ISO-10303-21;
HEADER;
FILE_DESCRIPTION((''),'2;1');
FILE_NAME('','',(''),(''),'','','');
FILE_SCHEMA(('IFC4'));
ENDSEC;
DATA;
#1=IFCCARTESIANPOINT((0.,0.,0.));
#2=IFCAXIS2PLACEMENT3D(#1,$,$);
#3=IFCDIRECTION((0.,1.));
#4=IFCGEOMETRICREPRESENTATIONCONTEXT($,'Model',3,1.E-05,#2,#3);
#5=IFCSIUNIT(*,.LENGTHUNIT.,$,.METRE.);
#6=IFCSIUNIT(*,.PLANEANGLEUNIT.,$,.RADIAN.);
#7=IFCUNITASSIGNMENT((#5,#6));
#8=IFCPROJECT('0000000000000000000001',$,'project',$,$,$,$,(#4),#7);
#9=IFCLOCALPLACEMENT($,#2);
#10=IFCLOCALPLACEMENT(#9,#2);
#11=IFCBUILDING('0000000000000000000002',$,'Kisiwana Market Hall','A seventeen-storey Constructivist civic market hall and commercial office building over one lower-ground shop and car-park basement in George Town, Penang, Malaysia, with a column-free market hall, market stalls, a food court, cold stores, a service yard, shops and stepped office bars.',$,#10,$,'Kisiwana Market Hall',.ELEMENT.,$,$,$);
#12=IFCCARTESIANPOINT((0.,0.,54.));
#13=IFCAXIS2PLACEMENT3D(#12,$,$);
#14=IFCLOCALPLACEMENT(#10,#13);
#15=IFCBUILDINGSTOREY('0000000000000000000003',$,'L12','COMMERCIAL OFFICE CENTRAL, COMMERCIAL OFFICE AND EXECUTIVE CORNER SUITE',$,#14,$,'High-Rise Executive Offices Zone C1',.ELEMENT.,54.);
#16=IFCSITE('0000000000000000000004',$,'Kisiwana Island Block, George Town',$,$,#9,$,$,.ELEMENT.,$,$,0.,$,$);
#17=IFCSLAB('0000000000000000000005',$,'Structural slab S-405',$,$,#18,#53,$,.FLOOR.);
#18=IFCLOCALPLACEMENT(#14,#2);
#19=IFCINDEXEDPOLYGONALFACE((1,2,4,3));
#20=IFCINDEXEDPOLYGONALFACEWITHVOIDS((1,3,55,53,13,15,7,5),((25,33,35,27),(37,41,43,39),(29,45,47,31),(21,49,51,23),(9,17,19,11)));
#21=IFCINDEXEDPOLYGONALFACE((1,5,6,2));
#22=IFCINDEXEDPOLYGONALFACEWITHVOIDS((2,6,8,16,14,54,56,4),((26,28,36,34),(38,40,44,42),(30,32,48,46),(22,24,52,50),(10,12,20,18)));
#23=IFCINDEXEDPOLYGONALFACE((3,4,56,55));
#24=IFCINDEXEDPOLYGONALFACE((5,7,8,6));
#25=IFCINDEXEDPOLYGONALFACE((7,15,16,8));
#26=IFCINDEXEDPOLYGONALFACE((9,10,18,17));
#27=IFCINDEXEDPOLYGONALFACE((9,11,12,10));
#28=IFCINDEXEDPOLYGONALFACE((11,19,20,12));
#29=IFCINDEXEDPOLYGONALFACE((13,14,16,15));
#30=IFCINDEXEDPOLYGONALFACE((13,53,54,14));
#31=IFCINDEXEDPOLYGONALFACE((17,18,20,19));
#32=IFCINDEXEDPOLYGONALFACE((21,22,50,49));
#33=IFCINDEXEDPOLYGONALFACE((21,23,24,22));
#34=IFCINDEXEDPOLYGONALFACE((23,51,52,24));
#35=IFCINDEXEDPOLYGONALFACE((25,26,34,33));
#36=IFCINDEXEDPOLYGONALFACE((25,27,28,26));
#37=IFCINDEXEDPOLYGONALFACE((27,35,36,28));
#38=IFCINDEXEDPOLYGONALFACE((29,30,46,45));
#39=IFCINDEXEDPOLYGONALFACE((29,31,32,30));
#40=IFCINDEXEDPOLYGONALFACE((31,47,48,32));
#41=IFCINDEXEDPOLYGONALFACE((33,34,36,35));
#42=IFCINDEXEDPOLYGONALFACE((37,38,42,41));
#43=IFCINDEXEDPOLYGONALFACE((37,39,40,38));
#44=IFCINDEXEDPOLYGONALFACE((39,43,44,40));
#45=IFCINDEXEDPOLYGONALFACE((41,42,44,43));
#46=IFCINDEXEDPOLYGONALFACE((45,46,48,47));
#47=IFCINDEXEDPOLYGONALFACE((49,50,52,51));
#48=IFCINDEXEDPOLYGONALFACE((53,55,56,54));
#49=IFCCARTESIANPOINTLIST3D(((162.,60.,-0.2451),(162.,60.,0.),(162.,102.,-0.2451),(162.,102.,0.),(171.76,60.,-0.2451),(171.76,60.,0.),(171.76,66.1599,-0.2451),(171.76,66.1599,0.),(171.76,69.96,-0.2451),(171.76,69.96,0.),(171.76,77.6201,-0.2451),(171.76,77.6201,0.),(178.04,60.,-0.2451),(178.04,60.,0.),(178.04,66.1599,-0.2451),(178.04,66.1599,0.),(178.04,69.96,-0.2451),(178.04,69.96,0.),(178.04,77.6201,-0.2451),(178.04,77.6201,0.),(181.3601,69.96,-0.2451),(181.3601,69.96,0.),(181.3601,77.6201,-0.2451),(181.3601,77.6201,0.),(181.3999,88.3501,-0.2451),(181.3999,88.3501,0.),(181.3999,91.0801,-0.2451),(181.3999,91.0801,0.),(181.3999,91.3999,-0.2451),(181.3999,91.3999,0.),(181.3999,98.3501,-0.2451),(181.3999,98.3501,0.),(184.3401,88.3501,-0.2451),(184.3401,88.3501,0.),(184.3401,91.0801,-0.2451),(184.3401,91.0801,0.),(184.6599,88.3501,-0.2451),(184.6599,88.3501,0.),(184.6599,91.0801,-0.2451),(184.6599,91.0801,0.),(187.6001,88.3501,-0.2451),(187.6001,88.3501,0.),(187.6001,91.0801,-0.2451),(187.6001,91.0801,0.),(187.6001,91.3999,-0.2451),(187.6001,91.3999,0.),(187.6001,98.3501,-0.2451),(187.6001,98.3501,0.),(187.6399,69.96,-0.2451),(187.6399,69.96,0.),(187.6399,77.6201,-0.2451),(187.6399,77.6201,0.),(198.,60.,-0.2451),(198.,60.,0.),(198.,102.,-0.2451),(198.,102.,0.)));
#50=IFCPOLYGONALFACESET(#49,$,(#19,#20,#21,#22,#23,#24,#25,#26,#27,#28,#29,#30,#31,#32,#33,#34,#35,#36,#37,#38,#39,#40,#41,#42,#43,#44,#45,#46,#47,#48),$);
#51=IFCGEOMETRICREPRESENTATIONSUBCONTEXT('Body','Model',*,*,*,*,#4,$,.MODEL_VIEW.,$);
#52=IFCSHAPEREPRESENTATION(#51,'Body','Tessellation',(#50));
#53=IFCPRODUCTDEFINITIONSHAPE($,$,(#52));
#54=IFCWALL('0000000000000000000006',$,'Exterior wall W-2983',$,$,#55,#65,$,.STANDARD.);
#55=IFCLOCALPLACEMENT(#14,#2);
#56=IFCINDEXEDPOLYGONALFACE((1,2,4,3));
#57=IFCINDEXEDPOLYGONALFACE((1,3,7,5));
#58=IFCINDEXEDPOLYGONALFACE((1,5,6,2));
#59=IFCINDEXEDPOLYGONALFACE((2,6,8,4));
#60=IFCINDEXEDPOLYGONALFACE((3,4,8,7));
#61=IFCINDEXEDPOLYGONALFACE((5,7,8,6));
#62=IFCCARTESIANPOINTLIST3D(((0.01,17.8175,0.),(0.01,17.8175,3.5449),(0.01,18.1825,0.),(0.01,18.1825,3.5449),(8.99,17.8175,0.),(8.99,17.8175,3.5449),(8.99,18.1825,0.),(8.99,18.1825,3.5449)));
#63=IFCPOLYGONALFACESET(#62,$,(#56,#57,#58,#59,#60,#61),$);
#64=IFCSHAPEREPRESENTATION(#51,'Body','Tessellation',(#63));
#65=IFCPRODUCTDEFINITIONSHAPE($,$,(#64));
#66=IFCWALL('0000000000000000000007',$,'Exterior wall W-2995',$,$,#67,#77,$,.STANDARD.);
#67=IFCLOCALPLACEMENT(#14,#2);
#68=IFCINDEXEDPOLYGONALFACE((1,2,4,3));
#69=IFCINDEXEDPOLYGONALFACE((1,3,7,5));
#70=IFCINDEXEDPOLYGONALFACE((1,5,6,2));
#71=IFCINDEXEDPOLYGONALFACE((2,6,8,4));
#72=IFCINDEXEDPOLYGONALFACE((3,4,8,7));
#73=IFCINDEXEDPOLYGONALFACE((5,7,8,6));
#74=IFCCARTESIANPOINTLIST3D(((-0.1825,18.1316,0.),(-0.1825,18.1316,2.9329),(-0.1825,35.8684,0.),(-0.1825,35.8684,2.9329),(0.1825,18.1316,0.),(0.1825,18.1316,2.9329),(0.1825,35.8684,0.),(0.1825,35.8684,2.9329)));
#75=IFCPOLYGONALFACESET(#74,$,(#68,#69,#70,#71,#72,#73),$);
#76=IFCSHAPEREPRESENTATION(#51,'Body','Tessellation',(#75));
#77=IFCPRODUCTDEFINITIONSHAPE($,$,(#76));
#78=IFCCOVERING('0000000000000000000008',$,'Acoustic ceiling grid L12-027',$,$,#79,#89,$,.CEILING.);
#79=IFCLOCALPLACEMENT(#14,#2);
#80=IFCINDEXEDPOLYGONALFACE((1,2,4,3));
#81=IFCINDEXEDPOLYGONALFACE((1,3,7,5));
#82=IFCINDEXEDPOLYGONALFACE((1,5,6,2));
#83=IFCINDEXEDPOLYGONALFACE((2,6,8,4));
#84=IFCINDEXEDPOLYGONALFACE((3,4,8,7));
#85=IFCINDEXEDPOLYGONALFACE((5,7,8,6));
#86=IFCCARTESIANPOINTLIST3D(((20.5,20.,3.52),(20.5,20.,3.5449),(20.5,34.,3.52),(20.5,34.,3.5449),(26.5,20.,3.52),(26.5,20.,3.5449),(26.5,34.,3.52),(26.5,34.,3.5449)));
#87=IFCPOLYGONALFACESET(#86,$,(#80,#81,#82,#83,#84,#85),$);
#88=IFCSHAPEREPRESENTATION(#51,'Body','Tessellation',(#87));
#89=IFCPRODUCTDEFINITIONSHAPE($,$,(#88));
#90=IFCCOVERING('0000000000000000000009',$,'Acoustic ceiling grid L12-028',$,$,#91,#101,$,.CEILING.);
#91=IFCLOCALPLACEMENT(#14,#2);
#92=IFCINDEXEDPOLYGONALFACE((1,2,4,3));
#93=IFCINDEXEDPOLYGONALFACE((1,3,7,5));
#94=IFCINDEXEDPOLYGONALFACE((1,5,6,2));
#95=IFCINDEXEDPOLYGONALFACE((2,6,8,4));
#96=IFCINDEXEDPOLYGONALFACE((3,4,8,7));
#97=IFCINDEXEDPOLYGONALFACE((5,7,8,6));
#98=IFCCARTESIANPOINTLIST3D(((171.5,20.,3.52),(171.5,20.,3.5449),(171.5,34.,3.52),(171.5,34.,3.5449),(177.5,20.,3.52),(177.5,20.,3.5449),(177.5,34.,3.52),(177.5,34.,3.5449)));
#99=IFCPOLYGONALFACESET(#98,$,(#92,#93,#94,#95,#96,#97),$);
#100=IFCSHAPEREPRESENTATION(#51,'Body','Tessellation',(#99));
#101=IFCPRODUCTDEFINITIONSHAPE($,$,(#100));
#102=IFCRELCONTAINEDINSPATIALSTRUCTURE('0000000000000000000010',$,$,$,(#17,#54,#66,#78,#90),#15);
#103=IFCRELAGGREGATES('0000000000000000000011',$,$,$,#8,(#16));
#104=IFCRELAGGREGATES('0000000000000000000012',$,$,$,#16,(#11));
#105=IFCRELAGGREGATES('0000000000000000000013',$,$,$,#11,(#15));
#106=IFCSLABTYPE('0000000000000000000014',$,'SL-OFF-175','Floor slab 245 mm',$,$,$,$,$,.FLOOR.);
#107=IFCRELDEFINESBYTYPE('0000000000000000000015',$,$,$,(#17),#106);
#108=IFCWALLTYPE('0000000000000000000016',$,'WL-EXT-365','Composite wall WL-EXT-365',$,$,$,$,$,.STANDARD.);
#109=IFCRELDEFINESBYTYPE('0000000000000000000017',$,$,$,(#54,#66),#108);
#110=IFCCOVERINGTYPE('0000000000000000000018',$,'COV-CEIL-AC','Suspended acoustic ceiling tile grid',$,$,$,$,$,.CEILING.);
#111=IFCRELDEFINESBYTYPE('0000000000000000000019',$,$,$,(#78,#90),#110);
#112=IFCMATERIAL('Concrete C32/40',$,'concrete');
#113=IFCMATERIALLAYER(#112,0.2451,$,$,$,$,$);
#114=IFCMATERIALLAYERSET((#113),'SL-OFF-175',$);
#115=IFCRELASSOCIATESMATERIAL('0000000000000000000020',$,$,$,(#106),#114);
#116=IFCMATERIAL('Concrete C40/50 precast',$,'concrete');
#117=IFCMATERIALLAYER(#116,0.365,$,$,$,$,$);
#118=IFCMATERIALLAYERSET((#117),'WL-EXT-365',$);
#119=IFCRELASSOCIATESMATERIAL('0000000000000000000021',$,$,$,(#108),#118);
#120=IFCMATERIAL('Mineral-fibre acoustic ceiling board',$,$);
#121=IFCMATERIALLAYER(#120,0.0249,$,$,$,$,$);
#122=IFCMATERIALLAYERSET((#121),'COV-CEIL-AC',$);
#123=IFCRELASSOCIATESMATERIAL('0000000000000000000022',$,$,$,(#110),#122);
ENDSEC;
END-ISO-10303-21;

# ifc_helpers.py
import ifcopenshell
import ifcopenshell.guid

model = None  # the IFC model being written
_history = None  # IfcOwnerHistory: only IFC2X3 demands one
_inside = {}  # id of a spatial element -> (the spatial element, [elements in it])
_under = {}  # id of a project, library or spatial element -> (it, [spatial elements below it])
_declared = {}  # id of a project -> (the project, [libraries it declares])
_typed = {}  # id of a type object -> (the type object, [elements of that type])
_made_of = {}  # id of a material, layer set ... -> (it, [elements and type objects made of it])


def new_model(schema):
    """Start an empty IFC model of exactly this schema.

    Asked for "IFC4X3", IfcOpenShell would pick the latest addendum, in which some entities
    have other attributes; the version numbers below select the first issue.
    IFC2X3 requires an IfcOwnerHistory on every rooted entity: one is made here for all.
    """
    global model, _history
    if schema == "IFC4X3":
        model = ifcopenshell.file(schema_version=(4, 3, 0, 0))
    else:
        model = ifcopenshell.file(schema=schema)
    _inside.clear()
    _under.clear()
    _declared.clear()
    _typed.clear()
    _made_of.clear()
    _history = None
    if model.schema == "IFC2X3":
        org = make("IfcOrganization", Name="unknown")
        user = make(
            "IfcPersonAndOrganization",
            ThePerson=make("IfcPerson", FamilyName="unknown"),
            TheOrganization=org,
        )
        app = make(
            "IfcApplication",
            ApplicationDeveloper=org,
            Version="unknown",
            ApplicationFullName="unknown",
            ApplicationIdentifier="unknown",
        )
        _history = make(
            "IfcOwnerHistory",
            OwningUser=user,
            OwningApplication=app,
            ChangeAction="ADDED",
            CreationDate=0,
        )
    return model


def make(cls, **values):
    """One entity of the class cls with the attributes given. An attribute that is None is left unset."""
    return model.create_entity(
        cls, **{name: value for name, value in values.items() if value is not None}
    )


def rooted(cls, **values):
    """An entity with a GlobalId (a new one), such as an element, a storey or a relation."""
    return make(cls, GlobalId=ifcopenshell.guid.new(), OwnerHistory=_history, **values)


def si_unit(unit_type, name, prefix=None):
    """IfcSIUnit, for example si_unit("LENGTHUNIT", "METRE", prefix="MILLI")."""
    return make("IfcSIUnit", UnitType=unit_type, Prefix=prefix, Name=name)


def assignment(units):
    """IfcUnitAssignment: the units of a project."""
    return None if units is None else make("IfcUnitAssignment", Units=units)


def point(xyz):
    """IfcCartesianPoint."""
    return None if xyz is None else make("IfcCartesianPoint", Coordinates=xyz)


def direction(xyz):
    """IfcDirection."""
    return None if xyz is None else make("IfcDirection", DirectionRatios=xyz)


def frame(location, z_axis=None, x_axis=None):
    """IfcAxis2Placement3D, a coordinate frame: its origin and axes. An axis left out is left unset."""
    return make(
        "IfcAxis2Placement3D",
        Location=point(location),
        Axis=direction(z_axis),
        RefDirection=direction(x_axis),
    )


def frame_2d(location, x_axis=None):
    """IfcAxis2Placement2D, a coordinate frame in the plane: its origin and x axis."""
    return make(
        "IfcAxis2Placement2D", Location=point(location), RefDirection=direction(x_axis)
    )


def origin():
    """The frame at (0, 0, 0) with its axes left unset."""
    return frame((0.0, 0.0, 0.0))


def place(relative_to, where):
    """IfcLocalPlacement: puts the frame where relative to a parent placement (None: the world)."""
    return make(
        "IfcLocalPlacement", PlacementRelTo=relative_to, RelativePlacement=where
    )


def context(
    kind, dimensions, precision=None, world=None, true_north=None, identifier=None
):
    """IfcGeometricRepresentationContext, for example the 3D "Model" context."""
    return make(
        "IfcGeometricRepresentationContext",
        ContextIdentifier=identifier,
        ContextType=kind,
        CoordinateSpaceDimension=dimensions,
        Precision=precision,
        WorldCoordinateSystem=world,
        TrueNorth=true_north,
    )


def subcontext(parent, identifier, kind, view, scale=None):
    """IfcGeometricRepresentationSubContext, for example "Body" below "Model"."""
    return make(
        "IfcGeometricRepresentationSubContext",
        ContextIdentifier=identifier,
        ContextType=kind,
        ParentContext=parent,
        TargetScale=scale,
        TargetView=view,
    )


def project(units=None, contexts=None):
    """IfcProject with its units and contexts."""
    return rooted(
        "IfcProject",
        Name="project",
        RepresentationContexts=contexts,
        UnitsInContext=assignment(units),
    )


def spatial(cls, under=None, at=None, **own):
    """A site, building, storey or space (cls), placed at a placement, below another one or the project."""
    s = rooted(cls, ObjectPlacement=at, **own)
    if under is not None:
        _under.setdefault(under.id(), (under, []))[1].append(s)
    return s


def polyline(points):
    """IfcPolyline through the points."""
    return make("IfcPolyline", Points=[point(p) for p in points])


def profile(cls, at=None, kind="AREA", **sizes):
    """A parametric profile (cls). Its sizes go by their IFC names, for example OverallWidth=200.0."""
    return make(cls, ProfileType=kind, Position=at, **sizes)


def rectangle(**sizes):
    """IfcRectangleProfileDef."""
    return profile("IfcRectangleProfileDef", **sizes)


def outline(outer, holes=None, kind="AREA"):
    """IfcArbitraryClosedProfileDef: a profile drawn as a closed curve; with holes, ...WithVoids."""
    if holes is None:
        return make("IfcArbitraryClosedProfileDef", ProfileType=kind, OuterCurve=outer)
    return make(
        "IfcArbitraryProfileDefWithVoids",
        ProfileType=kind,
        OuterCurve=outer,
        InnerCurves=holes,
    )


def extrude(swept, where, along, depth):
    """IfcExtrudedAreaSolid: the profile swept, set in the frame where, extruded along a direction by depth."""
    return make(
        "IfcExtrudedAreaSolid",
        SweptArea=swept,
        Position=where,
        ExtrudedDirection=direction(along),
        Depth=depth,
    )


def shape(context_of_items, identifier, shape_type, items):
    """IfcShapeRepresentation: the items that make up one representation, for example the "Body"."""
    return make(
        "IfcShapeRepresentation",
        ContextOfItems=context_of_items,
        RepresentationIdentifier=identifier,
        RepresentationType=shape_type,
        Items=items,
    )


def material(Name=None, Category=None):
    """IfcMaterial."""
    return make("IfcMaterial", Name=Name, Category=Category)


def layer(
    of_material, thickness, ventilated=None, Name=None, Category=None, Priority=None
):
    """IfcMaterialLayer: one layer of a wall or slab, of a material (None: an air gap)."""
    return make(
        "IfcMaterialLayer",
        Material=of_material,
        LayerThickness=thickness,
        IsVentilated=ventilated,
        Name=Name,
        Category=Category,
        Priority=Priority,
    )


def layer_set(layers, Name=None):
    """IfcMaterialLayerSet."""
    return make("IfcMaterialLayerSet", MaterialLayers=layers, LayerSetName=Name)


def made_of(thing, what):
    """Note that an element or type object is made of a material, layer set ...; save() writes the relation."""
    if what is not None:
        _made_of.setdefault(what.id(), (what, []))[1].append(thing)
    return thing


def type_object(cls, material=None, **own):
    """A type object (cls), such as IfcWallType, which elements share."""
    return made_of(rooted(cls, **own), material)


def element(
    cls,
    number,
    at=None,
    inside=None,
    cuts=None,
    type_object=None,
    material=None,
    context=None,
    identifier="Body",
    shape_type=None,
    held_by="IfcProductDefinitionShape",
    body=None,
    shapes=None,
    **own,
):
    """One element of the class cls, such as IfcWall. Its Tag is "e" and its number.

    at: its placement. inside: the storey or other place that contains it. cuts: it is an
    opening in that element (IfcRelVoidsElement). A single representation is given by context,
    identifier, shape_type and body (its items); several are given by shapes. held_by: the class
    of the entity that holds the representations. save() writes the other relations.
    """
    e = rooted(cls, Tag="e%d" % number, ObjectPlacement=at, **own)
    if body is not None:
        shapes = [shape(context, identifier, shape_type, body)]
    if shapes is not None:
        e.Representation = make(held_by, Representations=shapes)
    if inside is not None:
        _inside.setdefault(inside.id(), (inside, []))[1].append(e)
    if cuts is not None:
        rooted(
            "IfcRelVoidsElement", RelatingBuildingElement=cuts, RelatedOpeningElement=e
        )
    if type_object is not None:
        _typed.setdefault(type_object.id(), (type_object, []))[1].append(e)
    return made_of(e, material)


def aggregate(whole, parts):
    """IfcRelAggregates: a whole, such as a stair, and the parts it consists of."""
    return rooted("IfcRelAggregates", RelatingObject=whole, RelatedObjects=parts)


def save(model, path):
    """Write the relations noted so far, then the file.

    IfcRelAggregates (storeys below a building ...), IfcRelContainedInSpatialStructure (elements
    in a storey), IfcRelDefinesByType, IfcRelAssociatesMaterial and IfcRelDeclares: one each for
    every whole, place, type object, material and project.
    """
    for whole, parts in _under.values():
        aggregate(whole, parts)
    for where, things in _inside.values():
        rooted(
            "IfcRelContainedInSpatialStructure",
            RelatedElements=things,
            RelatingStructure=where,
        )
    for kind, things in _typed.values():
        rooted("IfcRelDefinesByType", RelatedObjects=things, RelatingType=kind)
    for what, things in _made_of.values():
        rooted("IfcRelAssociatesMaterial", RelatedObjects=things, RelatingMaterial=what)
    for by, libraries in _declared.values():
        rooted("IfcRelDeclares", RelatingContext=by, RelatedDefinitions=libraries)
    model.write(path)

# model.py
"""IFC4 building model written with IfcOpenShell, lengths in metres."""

from ifc_helpers import new_model, si_unit, direction, frame, frame_2d, origin, place, context, subcontext, project, spatial, polyline, rectangle, outline, extrude, material, layer, layer_set, type_object, element, save


model = new_model("IFC4")

# Units and contexts
model_context = context("Model", 3, precision=1e-05, world=origin(), true_north=direction((0.0, 1.0)))
body_context = subcontext(model_context, "Body", "Model", "MODEL_VIEW")
ifc_project = project(units=[si_unit("LENGTHUNIT", "METRE"), si_unit("PLANEANGLEUNIT", "RADIAN")], contexts=[model_context])

# Site, building, storey
site_placement = place(None, origin())
site = spatial("IfcSite", under=ifc_project, at=site_placement, Name="Kisiwana Island Block, George Town", CompositionType="ELEMENT", RefElevation=0.0)
building_placement = place(site_placement, origin())
building = spatial("IfcBuilding", under=site, at=building_placement, Name="Kisiwana Market Hall", Description="A seventeen-storey Constructivist civic market hall and commercial office building over one lower-ground shop and car-park basement in George Town, Penang, Malaysia, with a column-free market hall, market stalls, a food court, cold stores, a service yard, shops and stepped office bars.", LongName="Kisiwana Market Hall", CompositionType="ELEMENT")
storey_placement = place(building_placement, frame((0.0, 0.0, 54.0)))
storey = spatial("IfcBuildingStorey", under=building, at=storey_placement, Name="L12", Description="COMMERCIAL OFFICE CENTRAL, COMMERCIAL OFFICE AND EXECUTIVE CORNER SUITE", LongName="High-Rise Executive Offices Zone C1", CompositionType="ELEMENT", Elevation=54.0)

# Slab
ifc_material_1 = material(Name="Concrete C32/40", Category="concrete")
ifc_layer_1 = layer(ifc_material_1, 0.2451)
ifc_layer_set_1 = layer_set([ifc_layer_1], Name="SL-OFF-175")
slab_type_1 = type_object("IfcSlabType", Name="SL-OFF-175", Description="Floor slab 245 mm", PredefinedType="FLOOR", material=ifc_layer_set_1)
slab_1_placement = place(storey_placement, frame((0.0, 0.0, -0.2451)))
element("IfcSlab", 1, at=slab_1_placement, inside=storey, type_object=slab_type_1, Name="Structural slab S-405", PredefinedType="FLOOR", context=body_context, shape_type="SweptSolid", body=[
    extrude(outline(polyline([(162.0, 60.0), (171.76, 60.0), (171.76, 66.1599), (178.04, 66.1599), (178.04, 60.0), (198.0, 60.0), (198.0, 102.0), (162.0, 102.0), (162.0, 60.0)]), holes=[polyline([(181.3999, 91.3999), (187.6001, 91.3999), (187.6001, 98.3501), (181.3999, 98.3501), (181.3999, 91.3999)]), polyline([(181.3999, 88.3501), (184.3401, 88.3501), (184.3401, 91.0801), (181.3999, 91.0801), (181.3999, 88.3501)]), polyline([(184.6599, 88.3501), (187.6001, 88.3501), (187.6001, 91.0801), (184.6599, 91.0801), (184.6599, 88.3501)]), polyline([(181.3601, 69.96), (187.6399, 69.96), (187.6399, 77.6201), (181.3601, 77.6201), (181.3601, 69.96)]), polyline([(171.76, 69.96), (178.04, 69.96), (178.04, 77.6201), (171.76, 77.6201), (171.76, 69.96)])]), origin(), (0.0, 0.0, 1.0), 0.2451),
])

# Walls
ifc_material_2 = material(Name="Concrete C40/50 precast", Category="concrete")
ifc_layer_2 = layer(ifc_material_2, 0.365)
ifc_layer_set_2 = layer_set([ifc_layer_2], Name="WL-EXT-365")
wall_type = type_object("IfcWallType", Name="WL-EXT-365", Description="Composite wall WL-EXT-365", PredefinedType="STANDARD", material=ifc_layer_set_2)
wall_1_placement = place(storey_placement, frame((0.01, 18.0, 0.0), z_axis=(0.0, 0.0, 1.0), x_axis=(1.0, 0.0, 0.0)))
element("IfcWall", 2, at=wall_1_placement, inside=storey, type_object=wall_type, Name="Exterior wall W-2983", PredefinedType="STANDARD", context=body_context, shape_type="SweptSolid", body=[
    extrude(rectangle(XDim=8.98, YDim=0.365, at=frame_2d((4.49, 0.0))), origin(), (0.0, 0.0, 1.0), 3.5449),
])
wall_2_placement = place(storey_placement, frame((0.0, 18.1316, 0.0), z_axis=(0.0, 0.0, 1.0), x_axis=(0.0, 1.0, 0.0)))
element("IfcWall", 3, at=wall_2_placement, inside=storey, type_object=wall_type, Name="Exterior wall W-2995", PredefinedType="STANDARD", context=body_context, shape_type="SweptSolid", body=[
    extrude(rectangle(XDim=17.7368, YDim=0.365, at=frame_2d((8.8684, 0.0))), origin(), (0.0, 0.0, 1.0), 2.9329),
])

# Coverings
ifc_material_3 = material(Name="Mineral-fibre acoustic ceiling board")
ifc_layer_3 = layer(ifc_material_3, 0.0249)
ifc_layer_set_3 = layer_set([ifc_layer_3], Name="COV-CEIL-AC")
covering_type = type_object("IfcCoveringType", Name="COV-CEIL-AC", Description="Suspended acoustic ceiling tile grid", PredefinedType="CEILING", material=ifc_layer_set_3)
covering_1_placement = place(storey_placement, frame((0.0, 0.0, 3.52)))
element("IfcCovering", 4, at=covering_1_placement, inside=storey, type_object=covering_type, Name="Acoustic ceiling grid L12-027", PredefinedType="CEILING", context=body_context, shape_type="SweptSolid", body=[
    extrude(outline(polyline([(20.5, 20.0), (26.5, 20.0), (26.5, 34.0), (20.5, 34.0), (20.5, 20.0)])), origin(), (0.0, 0.0, 1.0), 0.0249),
])
covering_2_placement = place(storey_placement, frame((0.0, 0.0, 3.52)))
element("IfcCovering", 5, at=covering_2_placement, inside=storey, type_object=covering_type, Name="Acoustic ceiling grid L12-028", PredefinedType="CEILING", context=body_context, shape_type="SweptSolid", body=[
    extrude(outline(polyline([(171.5, 20.0), (177.5, 20.0), (177.5, 34.0), (171.5, 34.0), (171.5, 20.0)])), origin(), (0.0, 0.0, 1.0), 0.0249),
])

save(model, "model.ifc")
